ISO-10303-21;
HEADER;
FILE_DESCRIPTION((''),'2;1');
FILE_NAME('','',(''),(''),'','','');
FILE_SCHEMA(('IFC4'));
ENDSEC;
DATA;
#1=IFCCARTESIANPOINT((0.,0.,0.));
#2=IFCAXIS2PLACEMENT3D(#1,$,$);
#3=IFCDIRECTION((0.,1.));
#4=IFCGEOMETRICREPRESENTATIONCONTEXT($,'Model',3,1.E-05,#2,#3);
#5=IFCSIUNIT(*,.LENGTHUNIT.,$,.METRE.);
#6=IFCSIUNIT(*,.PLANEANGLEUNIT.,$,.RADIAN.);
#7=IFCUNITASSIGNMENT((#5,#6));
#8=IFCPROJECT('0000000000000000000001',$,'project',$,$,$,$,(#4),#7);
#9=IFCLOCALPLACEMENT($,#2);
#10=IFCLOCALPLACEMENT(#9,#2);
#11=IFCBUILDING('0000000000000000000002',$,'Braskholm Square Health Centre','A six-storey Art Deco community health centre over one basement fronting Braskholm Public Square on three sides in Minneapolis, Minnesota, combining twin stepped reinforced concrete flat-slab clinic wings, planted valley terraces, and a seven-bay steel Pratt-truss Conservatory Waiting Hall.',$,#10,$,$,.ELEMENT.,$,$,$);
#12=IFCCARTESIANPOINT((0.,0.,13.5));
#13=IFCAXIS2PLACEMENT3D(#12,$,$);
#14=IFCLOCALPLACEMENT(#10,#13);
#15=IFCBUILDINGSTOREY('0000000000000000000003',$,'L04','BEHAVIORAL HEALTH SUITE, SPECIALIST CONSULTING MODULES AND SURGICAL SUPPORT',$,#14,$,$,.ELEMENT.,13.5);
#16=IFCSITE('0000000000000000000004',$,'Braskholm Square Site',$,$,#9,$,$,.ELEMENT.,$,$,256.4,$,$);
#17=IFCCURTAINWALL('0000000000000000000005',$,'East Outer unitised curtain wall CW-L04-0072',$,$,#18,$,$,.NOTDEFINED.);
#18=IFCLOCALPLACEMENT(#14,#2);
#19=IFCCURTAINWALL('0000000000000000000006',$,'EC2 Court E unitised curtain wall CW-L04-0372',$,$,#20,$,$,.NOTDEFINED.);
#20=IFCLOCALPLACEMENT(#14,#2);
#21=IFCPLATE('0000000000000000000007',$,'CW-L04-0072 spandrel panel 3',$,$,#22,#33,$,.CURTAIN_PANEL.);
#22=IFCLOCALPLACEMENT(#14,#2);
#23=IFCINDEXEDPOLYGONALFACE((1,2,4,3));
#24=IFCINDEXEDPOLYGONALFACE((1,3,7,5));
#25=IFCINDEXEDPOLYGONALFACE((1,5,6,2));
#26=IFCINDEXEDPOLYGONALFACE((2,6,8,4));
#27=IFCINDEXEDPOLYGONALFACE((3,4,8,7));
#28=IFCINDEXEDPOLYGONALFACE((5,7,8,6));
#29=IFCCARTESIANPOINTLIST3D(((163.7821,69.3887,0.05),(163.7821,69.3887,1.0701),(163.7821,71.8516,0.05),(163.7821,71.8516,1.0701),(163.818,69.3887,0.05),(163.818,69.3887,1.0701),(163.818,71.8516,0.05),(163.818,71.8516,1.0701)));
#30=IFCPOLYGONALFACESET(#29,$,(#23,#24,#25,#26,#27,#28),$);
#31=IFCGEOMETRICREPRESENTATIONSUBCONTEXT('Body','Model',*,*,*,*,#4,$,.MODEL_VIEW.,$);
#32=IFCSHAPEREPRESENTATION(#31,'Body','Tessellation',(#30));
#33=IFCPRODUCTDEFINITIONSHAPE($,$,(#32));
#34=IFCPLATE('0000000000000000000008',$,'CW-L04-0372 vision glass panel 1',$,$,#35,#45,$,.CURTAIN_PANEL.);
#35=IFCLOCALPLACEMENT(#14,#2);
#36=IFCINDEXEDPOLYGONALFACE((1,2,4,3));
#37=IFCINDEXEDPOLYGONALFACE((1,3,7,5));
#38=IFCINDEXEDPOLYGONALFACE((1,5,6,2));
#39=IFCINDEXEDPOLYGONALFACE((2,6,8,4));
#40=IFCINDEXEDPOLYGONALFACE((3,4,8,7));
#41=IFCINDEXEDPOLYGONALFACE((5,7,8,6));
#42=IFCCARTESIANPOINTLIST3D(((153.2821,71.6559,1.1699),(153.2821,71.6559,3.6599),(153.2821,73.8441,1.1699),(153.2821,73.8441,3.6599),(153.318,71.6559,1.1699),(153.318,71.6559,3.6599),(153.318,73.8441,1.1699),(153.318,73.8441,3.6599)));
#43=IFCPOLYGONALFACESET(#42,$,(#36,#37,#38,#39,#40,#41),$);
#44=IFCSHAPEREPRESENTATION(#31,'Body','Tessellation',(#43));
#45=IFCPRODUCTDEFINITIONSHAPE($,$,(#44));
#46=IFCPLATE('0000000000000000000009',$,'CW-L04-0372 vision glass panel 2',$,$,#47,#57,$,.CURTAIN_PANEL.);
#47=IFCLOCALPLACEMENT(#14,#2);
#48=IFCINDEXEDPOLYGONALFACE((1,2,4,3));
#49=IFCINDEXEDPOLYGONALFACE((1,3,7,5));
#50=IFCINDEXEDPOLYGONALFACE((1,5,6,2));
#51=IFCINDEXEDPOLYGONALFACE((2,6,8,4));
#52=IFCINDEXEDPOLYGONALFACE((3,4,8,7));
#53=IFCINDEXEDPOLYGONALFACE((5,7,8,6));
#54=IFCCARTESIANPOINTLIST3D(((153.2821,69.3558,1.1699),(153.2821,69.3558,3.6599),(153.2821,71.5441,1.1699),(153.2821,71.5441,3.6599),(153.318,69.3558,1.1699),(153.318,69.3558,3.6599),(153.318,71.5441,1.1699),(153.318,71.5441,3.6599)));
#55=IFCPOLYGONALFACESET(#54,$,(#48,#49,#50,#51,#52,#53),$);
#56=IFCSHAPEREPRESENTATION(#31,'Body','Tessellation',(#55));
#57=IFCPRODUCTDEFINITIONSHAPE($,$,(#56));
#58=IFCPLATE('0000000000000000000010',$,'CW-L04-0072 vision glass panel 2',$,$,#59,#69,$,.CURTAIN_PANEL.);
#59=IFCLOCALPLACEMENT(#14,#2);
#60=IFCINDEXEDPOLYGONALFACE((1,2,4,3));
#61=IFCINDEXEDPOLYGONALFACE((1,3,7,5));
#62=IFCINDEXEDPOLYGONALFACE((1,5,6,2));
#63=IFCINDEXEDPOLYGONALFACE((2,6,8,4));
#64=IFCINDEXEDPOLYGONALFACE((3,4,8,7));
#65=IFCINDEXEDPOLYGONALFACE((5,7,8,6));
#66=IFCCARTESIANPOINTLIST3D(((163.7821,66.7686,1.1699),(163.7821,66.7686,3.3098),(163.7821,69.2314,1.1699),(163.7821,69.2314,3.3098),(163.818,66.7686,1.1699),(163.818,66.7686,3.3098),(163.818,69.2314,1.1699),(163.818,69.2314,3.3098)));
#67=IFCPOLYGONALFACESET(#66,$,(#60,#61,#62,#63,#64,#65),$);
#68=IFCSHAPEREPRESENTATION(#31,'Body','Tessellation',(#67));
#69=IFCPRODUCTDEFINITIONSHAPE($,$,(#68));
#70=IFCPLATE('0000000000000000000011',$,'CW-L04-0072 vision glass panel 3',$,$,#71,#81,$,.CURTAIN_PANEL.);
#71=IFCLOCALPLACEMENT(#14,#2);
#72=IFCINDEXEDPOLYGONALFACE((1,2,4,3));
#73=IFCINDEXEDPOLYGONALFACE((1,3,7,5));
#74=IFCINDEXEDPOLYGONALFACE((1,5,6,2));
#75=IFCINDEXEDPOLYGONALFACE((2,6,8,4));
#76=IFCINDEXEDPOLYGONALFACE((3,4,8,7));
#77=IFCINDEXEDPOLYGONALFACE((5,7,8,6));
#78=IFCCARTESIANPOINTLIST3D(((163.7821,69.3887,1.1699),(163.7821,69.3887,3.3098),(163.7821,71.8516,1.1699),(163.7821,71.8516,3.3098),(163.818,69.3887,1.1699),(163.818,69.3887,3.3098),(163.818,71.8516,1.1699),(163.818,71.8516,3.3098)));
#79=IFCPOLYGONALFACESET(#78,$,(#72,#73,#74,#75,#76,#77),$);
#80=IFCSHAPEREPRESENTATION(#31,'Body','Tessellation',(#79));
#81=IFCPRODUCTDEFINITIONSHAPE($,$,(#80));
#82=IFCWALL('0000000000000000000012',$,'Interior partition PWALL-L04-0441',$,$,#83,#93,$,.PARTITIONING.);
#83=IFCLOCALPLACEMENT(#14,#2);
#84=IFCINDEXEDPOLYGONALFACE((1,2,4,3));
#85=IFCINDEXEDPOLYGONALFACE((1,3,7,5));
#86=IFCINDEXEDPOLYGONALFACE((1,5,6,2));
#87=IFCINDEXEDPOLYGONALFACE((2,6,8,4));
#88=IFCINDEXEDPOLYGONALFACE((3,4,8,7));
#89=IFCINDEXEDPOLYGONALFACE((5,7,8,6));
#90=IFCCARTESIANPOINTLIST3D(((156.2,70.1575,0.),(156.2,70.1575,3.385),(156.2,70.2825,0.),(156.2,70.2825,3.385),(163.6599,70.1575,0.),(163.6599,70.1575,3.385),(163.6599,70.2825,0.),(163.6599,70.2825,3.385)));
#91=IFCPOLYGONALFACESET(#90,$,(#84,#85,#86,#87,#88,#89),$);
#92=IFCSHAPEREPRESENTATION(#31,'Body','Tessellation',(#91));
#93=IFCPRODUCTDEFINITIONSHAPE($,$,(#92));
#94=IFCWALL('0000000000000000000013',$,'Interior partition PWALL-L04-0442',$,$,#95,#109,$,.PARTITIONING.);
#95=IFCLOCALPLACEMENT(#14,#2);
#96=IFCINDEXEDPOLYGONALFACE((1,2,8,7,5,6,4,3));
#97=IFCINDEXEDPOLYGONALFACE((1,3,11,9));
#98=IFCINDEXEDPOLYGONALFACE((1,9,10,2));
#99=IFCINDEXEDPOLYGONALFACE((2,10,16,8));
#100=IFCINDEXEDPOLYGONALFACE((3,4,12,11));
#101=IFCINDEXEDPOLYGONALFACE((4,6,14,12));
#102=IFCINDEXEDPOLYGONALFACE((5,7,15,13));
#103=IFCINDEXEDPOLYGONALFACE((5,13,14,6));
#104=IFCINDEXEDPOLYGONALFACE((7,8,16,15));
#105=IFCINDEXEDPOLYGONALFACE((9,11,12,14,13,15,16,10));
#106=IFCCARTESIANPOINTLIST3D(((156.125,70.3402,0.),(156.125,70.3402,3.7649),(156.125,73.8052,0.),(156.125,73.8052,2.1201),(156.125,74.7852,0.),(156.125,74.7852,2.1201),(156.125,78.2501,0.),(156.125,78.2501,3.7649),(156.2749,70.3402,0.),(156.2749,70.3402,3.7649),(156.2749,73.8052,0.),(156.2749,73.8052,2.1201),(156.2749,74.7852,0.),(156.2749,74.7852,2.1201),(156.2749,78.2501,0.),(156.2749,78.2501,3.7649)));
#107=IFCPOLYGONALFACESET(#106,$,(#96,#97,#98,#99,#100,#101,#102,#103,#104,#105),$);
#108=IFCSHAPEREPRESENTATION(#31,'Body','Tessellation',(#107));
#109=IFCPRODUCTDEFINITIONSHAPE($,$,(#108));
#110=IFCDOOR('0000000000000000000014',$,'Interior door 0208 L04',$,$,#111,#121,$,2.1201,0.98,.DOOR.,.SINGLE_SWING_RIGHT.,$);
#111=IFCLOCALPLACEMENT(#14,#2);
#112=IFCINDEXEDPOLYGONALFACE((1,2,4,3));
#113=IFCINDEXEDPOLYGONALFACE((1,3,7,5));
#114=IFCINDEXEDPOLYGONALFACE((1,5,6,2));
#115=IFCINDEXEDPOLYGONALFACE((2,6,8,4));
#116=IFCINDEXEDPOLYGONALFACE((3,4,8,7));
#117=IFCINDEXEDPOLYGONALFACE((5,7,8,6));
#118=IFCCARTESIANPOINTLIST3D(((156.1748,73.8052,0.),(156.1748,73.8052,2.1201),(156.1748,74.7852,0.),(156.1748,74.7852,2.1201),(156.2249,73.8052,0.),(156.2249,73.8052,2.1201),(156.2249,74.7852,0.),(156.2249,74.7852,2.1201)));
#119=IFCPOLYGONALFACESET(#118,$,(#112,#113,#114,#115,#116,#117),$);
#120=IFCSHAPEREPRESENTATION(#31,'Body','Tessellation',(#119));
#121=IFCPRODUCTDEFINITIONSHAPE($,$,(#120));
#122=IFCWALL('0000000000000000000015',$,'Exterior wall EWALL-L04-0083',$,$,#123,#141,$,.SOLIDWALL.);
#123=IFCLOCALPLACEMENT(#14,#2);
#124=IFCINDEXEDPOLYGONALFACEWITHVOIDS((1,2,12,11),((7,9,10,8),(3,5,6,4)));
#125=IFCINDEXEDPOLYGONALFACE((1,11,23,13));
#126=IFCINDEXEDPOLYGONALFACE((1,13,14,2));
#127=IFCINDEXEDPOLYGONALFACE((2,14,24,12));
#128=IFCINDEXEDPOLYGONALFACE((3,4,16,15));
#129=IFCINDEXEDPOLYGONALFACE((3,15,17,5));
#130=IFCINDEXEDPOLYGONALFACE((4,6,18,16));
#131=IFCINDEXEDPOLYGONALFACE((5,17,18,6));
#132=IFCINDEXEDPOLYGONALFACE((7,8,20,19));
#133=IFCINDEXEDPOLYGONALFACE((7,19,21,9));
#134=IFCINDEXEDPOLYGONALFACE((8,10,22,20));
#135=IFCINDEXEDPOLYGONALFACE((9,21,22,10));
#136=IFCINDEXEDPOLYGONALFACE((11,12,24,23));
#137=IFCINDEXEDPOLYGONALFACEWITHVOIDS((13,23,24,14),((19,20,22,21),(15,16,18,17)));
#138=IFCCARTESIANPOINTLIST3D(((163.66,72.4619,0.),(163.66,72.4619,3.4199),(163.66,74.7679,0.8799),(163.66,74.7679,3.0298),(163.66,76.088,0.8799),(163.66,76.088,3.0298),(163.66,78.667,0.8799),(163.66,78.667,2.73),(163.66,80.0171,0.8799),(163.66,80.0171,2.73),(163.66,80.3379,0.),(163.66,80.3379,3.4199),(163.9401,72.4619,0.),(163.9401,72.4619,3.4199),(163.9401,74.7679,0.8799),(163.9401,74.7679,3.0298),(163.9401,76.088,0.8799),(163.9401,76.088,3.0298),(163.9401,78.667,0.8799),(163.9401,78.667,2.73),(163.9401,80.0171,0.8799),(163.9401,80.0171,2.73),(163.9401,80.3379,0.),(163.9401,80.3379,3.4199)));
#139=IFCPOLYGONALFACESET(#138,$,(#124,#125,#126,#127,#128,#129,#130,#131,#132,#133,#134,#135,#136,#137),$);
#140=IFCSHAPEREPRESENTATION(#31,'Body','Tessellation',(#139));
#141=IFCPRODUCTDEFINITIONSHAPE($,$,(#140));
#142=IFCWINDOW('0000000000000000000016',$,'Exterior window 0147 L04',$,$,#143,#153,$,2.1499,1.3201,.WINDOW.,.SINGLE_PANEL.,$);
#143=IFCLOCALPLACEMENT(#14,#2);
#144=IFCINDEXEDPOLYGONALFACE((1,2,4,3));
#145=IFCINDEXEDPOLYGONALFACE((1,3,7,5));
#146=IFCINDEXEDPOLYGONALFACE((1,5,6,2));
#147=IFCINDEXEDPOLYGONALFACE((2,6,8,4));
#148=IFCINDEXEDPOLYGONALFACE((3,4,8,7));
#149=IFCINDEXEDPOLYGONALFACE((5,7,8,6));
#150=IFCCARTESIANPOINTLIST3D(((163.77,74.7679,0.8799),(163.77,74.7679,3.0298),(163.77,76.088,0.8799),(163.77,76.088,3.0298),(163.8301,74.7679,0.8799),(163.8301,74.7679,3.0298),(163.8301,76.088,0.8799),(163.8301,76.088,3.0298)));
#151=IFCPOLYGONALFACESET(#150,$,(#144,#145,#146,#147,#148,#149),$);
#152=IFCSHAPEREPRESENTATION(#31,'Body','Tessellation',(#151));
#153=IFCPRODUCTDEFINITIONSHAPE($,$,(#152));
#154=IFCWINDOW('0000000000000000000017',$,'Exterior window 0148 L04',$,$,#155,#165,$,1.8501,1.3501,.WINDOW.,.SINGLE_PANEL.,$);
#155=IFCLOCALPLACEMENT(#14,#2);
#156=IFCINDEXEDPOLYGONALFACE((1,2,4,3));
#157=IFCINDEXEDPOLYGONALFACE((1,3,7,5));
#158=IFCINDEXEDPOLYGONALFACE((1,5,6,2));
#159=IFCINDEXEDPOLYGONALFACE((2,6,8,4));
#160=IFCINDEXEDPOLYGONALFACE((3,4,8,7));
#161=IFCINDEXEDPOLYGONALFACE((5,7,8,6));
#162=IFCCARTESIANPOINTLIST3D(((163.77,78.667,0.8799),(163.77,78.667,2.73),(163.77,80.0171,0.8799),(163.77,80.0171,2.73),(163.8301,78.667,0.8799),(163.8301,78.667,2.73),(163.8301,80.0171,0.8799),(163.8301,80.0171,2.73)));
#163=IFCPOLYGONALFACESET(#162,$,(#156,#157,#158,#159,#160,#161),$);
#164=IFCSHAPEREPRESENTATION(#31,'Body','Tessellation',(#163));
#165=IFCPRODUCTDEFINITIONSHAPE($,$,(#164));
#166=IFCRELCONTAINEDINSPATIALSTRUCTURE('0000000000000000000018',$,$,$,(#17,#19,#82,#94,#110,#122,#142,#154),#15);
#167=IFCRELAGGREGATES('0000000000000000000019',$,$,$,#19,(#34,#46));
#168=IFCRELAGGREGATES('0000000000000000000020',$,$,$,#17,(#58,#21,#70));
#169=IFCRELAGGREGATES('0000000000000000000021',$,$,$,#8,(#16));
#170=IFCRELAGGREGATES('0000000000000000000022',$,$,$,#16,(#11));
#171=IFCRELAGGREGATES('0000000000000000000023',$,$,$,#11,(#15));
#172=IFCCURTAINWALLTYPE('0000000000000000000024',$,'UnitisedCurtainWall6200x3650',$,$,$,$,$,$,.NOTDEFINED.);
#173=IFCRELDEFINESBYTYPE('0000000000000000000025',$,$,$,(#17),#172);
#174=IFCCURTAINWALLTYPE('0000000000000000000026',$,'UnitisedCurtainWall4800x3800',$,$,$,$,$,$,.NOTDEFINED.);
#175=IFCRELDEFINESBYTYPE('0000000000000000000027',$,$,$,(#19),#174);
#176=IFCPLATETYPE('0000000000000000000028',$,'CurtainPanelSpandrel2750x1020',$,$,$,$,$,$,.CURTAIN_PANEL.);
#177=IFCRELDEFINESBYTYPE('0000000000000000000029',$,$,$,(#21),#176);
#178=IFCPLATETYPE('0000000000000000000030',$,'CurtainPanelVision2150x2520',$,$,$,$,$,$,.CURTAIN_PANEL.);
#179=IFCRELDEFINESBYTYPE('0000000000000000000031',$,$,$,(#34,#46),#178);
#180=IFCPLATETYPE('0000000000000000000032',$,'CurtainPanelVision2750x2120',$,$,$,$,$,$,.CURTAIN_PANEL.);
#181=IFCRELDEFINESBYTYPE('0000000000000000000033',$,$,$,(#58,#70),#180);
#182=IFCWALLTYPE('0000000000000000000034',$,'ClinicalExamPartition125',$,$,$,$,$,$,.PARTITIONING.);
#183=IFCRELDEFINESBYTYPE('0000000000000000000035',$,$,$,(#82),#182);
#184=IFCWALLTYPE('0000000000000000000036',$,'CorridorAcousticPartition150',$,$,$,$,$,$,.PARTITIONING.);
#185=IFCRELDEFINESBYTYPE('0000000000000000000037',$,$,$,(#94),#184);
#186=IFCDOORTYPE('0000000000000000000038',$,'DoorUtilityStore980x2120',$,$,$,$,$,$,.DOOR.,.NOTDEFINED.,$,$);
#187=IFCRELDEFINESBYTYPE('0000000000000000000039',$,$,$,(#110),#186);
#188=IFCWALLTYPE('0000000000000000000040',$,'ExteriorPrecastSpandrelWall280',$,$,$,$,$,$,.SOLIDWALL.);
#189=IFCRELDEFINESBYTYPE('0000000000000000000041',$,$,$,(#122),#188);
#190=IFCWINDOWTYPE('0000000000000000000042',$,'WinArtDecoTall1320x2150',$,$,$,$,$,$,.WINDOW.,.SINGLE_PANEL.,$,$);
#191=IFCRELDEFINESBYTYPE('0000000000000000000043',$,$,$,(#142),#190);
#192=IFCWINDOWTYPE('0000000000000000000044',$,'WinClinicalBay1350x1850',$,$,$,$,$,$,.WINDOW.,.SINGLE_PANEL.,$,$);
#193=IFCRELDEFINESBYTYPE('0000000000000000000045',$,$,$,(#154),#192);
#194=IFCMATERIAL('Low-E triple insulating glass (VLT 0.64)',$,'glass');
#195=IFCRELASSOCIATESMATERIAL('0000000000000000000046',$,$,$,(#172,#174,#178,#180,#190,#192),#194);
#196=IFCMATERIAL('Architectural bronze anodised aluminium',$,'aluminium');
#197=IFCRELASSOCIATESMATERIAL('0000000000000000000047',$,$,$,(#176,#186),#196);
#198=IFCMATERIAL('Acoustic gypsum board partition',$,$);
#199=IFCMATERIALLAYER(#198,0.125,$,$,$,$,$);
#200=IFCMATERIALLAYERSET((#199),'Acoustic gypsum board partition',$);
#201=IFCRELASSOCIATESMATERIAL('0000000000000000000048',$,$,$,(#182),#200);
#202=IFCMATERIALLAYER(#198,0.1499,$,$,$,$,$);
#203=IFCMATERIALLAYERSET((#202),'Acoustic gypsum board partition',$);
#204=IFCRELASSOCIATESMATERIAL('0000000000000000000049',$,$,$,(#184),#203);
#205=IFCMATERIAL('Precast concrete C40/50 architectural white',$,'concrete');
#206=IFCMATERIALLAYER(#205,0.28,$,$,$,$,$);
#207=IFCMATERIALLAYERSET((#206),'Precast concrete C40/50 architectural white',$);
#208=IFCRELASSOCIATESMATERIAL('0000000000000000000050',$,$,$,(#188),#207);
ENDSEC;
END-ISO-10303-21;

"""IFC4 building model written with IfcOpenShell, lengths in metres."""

from ifc_helpers import new_model, si_unit, direction, frame, frame_2d, origin, origin_with_axes, origin_2d, place, context, subcontext, project, spatial, rectangle, extrude, material, layer, layer_set, type_object, element, fill, aggregate, save


model = new_model("IFC4")

# Units and contexts
model_context = context("Model", 3, precision=1e-05, world=origin(), true_north=direction((0.0, 1.0)))
body_context = subcontext(model_context, "Body", "Model", "MODEL_VIEW")
ifc_project = project(units=[si_unit("LENGTHUNIT", "METRE"), si_unit("PLANEANGLEUNIT", "RADIAN")], contexts=[model_context])

# Site, building, storey
site_placement = place(None, origin())
site = spatial("IfcSite", under=ifc_project, at=site_placement, Name="Braskholm Square Site", CompositionType="ELEMENT", RefElevation=256.4)
building_placement = place(site_placement, origin())
building = spatial("IfcBuilding", under=site, at=building_placement, Name="Braskholm Square Health Centre", Description="A six-storey Art Deco community health centre over one basement fronting Braskholm Public Square on three sides in Minneapolis, Minnesota, combining twin stepped reinforced concrete flat-slab clinic wings, planted valley terraces, and a seven-bay steel Pratt-truss Conservatory Waiting Hall.", CompositionType="ELEMENT")
storey_placement = place(building_placement, frame((0.0, 0.0, 13.5)))
storey = spatial("IfcBuildingStorey", under=building, at=storey_placement, Name="L04", Description="BEHAVIORAL HEALTH SUITE, SPECIALIST CONSULTING MODULES AND SURGICAL SUPPORT", CompositionType="ELEMENT", Elevation=13.5)

# Shared definitions
ifc_material_1 = material(Name="Precast concrete C40/50 architectural white", Category="concrete")

# Curtain wall
ifc_material_2 = material(Name="Low-E triple insulating glass (VLT 0.64)", Category="glass")
curtain_wall_type_1 = type_object("IfcCurtainWallType", Name="UnitisedCurtainWall6200x3650", PredefinedType="NOTDEFINED", material=ifc_material_2)
curtain_wall_1_placement = place(storey_placement, origin())
curtain_wall_1 = element("IfcCurtainWall", 1, at=curtain_wall_1_placement, inside=storey, type_object=curtain_wall_type_1, Name="East Outer unitised curtain wall CW-L04-0072", PredefinedType="NOTDEFINED")
ifc_material_3 = material(Name="Architectural bronze anodised aluminium", Category="aluminium")

# Shared definitions
curtain_wall_type_2 = type_object("IfcCurtainWallType", Name="UnitisedCurtainWall4800x3800", PredefinedType="NOTDEFINED", material=ifc_material_2)

# Curtain wall
curtain_wall_2_placement = place(storey_placement, origin())
curtain_wall_2 = element("IfcCurtainWall", 2, at=curtain_wall_2_placement, inside=storey, type_object=curtain_wall_type_2, Name="EC2 Court E unitised curtain wall CW-L04-0372", PredefinedType="NOTDEFINED")

# Plates
plate_type_1 = type_object("IfcPlateType", Name="CurtainPanelSpandrel2750x1020", PredefinedType="CURTAIN_PANEL", material=ifc_material_3)
plate_1_placement = place(storey_placement, frame((163.8, 70.6201, 0.05), z_axis=(0.0, 0.0, 1.0), x_axis=(0.0, 1.0, 0.0)))
plate_1 = element("IfcPlate", 3, at=plate_1_placement, type_object=plate_type_1, Name="CW-L04-0072 spandrel panel 3", PredefinedType="CURTAIN_PANEL", context=body_context, shape_type="SweptSolid", body=[
    extrude(rectangle(XDim=2.4629, YDim=0.0359, at=origin_2d()), origin(), (0.0, 0.0, 1.0), 1.02),
])
plate_type_2 = type_object("IfcPlateType", Name="CurtainPanelVision2150x2520", PredefinedType="CURTAIN_PANEL", material=ifc_material_2)
plate_2_placement = place(storey_placement, frame((153.3, 72.75, 1.1699), z_axis=(0.0, 0.0, 1.0), x_axis=(0.0, -1.0, 0.0)))
plate_2 = element("IfcPlate", 4, at=plate_2_placement, type_object=plate_type_2, Name="CW-L04-0372 vision glass panel 1", PredefinedType="CURTAIN_PANEL", context=body_context, shape_type="SweptSolid", body=[
    extrude(rectangle(XDim=2.1882, YDim=0.0359, at=origin_2d()), origin(), (0.0, 0.0, 1.0), 2.49),
])
plate_3_placement = place(storey_placement, frame((153.3, 70.45, 1.1699), z_axis=(0.0, 0.0, 1.0), x_axis=(0.0, -1.0, 0.0)))
plate_3 = element("IfcPlate", 5, at=plate_3_placement, type_object=plate_type_2, Name="CW-L04-0372 vision glass panel 2", PredefinedType="CURTAIN_PANEL", context=body_context, shape_type="SweptSolid", body=[
    extrude(rectangle(XDim=2.1882, YDim=0.0359, at=origin_2d()), origin(), (0.0, 0.0, 1.0), 2.49),
])
aggregate(curtain_wall_2, [plate_2, plate_3])
plate_type_3 = type_object("IfcPlateType", Name="CurtainPanelVision2750x2120", PredefinedType="CURTAIN_PANEL", material=ifc_material_2)
plate_4_placement = place(storey_placement, frame((163.8, 68.0, 1.1699), z_axis=(0.0, 0.0, 1.0), x_axis=(0.0, 1.0, 0.0)))
plate_4 = element("IfcPlate", 6, at=plate_4_placement, type_object=plate_type_3, Name="CW-L04-0072 vision glass panel 2", PredefinedType="CURTAIN_PANEL", context=body_context, shape_type="SweptSolid", body=[
    extrude(rectangle(XDim=2.4629, YDim=0.0359, at=origin_2d()), origin(), (0.0, 0.0, 1.0), 2.1399),
])
plate_5_placement = place(storey_placement, frame((163.8, 70.6201, 1.1699), z_axis=(0.0, 0.0, 1.0), x_axis=(0.0, 1.0, 0.0)))
plate_5 = element("IfcPlate", 7, at=plate_5_placement, type_object=plate_type_3, Name="CW-L04-0072 vision glass panel 3", PredefinedType="CURTAIN_PANEL", context=body_context, shape_type="SweptSolid", body=[
    extrude(rectangle(XDim=2.4629, YDim=0.0359, at=origin_2d()), origin(), (0.0, 0.0, 1.0), 2.1399),
])
aggregate(curtain_wall_1, [plate_4, plate_1, plate_5])

# Wall
ifc_material_4 = material(Name="Acoustic gypsum board partition")
ifc_layer_1 = layer(ifc_material_4, 0.125)
ifc_layer_set_1 = layer_set([ifc_layer_1], Name="Acoustic gypsum board partition")
wall_type_1 = type_object("IfcWallType", Name="ClinicalExamPartition125", PredefinedType="PARTITIONING", material=ifc_layer_set_1)
wall_1_placement = place(storey_placement, frame((156.2, 70.22, 0.0), z_axis=(0.0, 0.0, 1.0), x_axis=(1.0, 0.0, 0.0)))
element("IfcWall", 8, at=wall_1_placement, inside=storey, type_object=wall_type_1, Name="Interior partition PWALL-L04-0441", PredefinedType="PARTITIONING", context=body_context, shape_type="SweptSolid", body=[
    extrude(rectangle(XDim=7.46, YDim=0.125, at=frame_2d((3.73, 0.0))), origin(), (0.0, 0.0, 1.0), 3.385),
])

# Wall, opening, door
ifc_layer_2 = layer(ifc_material_4, 0.1499)
ifc_layer_set_2 = layer_set([ifc_layer_2], Name="Acoustic gypsum board partition")
wall_type_2 = type_object("IfcWallType", Name="CorridorAcousticPartition150", PredefinedType="PARTITIONING", material=ifc_layer_set_2)
wall_2_placement = place(storey_placement, frame((156.2, 70.3401, 0.0), z_axis=(0.0, 0.0, 1.0), x_axis=(0.0, 1.0, 0.0)))
wall_2 = element("IfcWall", 9, at=wall_2_placement, inside=storey, type_object=wall_type_2, Name="Interior partition PWALL-L04-0442", PredefinedType="PARTITIONING", context=body_context, shape_type="SweptSolid", body=[
    extrude(rectangle(XDim=7.9099, YDim=0.1499, at=frame_2d((3.9551, 0.0))), origin(), (0.0, 0.0, 1.0), 3.7649),
])
opening_1_placement = place(wall_2_placement, frame((3.4651, 0.0, 0.0)))
opening_1 = element("IfcOpeningElement", 10, at=opening_1_placement, cuts=wall_2, PredefinedType="OPENING", context=body_context, shape_type="SweptSolid", body=[
    extrude(rectangle(XDim=0.98, YDim=2.1201, at=frame_2d((0.49, 1.0601))), frame((0.0, 0.085, 0.0), z_axis=(0.0, -1.0, 0.0), x_axis=(1.0, 0.0, 0.0)), (0.0, 0.0, 1.0), 0.1699),
])
door_type = type_object("IfcDoorType", Name="DoorUtilityStore980x2120", OperationType="NOTDEFINED", PredefinedType="DOOR", material=ifc_material_3)
door_placement = place(opening_1_placement, frame((0.98, 0.0, 0.0), z_axis=(0.0, 0.0, 1.0), x_axis=(-1.0, 0.0, 0.0)))
door = element("IfcDoor", 11, at=door_placement, inside=storey, type_object=door_type, Name="Interior door 0208 L04", OperationType="SINGLE_SWING_RIGHT", OverallHeight=2.1201, OverallWidth=0.98, PredefinedType="DOOR", context=body_context, shape_type="SweptSolid", body=[
    extrude(rectangle(XDim=0.98, YDim=2.1201, at=frame_2d((0.49, 1.0601))), frame((0.0, 0.0249, 0.0), z_axis=(0.0, -1.0, 0.0), x_axis=(1.0, 0.0, 0.0)), (0.0, 0.0, 1.0), 0.05),
])
fill(opening_1, door)

# Wall, openings, windows
ifc_layer_3 = layer(ifc_material_1, 0.28)
ifc_layer_set_3 = layer_set([ifc_layer_3], Name="Precast concrete C40/50 architectural white")
wall_type_3 = type_object("IfcWallType", Name="ExteriorPrecastSpandrelWall280", PredefinedType="SOLIDWALL", material=ifc_layer_set_3)
wall_3_placement = place(storey_placement, frame((163.8, 72.4619, 0.0), z_axis=(0.0, 0.0, 1.0), x_axis=(0.0, 1.0, 0.0)))
wall_3 = element("IfcWall", 12, at=wall_3_placement, inside=storey, type_object=wall_type_3, Name="Exterior wall EWALL-L04-0083", PredefinedType="SOLIDWALL", context=body_context, shape_type="SweptSolid", body=[
    extrude(rectangle(XDim=7.876, YDim=0.28, at=frame_2d((3.938, 0.0))), origin(), (0.0, 0.0, 1.0), 3.4199),
])
opening_2_placement = place(wall_3_placement, frame((2.3059, 0.0, 0.8799)))
opening_2 = element("IfcOpeningElement", 13, at=opening_2_placement, cuts=wall_3, PredefinedType="OPENING", context=body_context, shape_type="SweptSolid", body=[
    extrude(rectangle(XDim=1.3201, YDim=2.1499, at=frame_2d((0.6602, 1.075))), frame((0.0, 0.1499, 0.0), z_axis=(0.0, -1.0, 0.0), x_axis=(1.0, 0.0, 0.0)), (0.0, 0.0, 1.0), 0.3),
])
opening_3_placement = place(wall_3_placement, frame((6.2051, 0.0, 0.8799)))
opening_3 = element("IfcOpeningElement", 14, at=opening_3_placement, cuts=wall_3, PredefinedType="OPENING", context=body_context, shape_type="SweptSolid", body=[
    extrude(rectangle(XDim=1.3501, YDim=1.8501, at=frame_2d((0.675, 0.925))), frame((0.0, 0.1499, 0.0), z_axis=(0.0, -1.0, 0.0), x_axis=(1.0, 0.0, 0.0)), (0.0, 0.0, 1.0), 0.3),
])
window_type_1 = type_object("IfcWindowType", Name="WinArtDecoTall1320x2150", PartitioningType="SINGLE_PANEL", PredefinedType="WINDOW", material=ifc_material_2)
window_1_placement = place(opening_2_placement, origin_with_axes())
window_1 = element("IfcWindow", 15, at=window_1_placement, inside=storey, type_object=window_type_1, Name="Exterior window 0147 L04", OverallHeight=2.1499, OverallWidth=1.3201, PartitioningType="SINGLE_PANEL", PredefinedType="WINDOW", context=body_context, shape_type="SweptSolid", body=[
    extrude(rectangle(XDim=1.3201, YDim=2.1499, at=frame_2d((0.6602, 1.075))), frame((0.0, 0.03, 0.0), z_axis=(0.0, -1.0, 0.0), x_axis=(1.0, 0.0, 0.0)), (0.0, 0.0, 1.0), 0.0601),
])
fill(opening_2, window_1)
window_type_2 = type_object("IfcWindowType", Name="WinClinicalBay1350x1850", PartitioningType="SINGLE_PANEL", PredefinedType="WINDOW", material=ifc_material_2)
window_2_placement = place(opening_3_placement, origin_with_axes())
window_2 = element("IfcWindow", 16, at=window_2_placement, inside=storey, type_object=window_type_2, Name="Exterior window 0148 L04", OverallHeight=1.8501, OverallWidth=1.3501, PartitioningType="SINGLE_PANEL", PredefinedType="WINDOW", context=body_context, shape_type="SweptSolid", body=[
    extrude(rectangle(XDim=1.3501, YDim=1.8501, at=frame_2d((0.675, 0.925))), frame((0.0, 0.03, 0.0), z_axis=(0.0, -1.0, 0.0), x_axis=(1.0, 0.0, 0.0)), (0.0, 0.0, 1.0), 0.0601),
])
fill(opening_3, window_2)

save(model, "model.ifc")
